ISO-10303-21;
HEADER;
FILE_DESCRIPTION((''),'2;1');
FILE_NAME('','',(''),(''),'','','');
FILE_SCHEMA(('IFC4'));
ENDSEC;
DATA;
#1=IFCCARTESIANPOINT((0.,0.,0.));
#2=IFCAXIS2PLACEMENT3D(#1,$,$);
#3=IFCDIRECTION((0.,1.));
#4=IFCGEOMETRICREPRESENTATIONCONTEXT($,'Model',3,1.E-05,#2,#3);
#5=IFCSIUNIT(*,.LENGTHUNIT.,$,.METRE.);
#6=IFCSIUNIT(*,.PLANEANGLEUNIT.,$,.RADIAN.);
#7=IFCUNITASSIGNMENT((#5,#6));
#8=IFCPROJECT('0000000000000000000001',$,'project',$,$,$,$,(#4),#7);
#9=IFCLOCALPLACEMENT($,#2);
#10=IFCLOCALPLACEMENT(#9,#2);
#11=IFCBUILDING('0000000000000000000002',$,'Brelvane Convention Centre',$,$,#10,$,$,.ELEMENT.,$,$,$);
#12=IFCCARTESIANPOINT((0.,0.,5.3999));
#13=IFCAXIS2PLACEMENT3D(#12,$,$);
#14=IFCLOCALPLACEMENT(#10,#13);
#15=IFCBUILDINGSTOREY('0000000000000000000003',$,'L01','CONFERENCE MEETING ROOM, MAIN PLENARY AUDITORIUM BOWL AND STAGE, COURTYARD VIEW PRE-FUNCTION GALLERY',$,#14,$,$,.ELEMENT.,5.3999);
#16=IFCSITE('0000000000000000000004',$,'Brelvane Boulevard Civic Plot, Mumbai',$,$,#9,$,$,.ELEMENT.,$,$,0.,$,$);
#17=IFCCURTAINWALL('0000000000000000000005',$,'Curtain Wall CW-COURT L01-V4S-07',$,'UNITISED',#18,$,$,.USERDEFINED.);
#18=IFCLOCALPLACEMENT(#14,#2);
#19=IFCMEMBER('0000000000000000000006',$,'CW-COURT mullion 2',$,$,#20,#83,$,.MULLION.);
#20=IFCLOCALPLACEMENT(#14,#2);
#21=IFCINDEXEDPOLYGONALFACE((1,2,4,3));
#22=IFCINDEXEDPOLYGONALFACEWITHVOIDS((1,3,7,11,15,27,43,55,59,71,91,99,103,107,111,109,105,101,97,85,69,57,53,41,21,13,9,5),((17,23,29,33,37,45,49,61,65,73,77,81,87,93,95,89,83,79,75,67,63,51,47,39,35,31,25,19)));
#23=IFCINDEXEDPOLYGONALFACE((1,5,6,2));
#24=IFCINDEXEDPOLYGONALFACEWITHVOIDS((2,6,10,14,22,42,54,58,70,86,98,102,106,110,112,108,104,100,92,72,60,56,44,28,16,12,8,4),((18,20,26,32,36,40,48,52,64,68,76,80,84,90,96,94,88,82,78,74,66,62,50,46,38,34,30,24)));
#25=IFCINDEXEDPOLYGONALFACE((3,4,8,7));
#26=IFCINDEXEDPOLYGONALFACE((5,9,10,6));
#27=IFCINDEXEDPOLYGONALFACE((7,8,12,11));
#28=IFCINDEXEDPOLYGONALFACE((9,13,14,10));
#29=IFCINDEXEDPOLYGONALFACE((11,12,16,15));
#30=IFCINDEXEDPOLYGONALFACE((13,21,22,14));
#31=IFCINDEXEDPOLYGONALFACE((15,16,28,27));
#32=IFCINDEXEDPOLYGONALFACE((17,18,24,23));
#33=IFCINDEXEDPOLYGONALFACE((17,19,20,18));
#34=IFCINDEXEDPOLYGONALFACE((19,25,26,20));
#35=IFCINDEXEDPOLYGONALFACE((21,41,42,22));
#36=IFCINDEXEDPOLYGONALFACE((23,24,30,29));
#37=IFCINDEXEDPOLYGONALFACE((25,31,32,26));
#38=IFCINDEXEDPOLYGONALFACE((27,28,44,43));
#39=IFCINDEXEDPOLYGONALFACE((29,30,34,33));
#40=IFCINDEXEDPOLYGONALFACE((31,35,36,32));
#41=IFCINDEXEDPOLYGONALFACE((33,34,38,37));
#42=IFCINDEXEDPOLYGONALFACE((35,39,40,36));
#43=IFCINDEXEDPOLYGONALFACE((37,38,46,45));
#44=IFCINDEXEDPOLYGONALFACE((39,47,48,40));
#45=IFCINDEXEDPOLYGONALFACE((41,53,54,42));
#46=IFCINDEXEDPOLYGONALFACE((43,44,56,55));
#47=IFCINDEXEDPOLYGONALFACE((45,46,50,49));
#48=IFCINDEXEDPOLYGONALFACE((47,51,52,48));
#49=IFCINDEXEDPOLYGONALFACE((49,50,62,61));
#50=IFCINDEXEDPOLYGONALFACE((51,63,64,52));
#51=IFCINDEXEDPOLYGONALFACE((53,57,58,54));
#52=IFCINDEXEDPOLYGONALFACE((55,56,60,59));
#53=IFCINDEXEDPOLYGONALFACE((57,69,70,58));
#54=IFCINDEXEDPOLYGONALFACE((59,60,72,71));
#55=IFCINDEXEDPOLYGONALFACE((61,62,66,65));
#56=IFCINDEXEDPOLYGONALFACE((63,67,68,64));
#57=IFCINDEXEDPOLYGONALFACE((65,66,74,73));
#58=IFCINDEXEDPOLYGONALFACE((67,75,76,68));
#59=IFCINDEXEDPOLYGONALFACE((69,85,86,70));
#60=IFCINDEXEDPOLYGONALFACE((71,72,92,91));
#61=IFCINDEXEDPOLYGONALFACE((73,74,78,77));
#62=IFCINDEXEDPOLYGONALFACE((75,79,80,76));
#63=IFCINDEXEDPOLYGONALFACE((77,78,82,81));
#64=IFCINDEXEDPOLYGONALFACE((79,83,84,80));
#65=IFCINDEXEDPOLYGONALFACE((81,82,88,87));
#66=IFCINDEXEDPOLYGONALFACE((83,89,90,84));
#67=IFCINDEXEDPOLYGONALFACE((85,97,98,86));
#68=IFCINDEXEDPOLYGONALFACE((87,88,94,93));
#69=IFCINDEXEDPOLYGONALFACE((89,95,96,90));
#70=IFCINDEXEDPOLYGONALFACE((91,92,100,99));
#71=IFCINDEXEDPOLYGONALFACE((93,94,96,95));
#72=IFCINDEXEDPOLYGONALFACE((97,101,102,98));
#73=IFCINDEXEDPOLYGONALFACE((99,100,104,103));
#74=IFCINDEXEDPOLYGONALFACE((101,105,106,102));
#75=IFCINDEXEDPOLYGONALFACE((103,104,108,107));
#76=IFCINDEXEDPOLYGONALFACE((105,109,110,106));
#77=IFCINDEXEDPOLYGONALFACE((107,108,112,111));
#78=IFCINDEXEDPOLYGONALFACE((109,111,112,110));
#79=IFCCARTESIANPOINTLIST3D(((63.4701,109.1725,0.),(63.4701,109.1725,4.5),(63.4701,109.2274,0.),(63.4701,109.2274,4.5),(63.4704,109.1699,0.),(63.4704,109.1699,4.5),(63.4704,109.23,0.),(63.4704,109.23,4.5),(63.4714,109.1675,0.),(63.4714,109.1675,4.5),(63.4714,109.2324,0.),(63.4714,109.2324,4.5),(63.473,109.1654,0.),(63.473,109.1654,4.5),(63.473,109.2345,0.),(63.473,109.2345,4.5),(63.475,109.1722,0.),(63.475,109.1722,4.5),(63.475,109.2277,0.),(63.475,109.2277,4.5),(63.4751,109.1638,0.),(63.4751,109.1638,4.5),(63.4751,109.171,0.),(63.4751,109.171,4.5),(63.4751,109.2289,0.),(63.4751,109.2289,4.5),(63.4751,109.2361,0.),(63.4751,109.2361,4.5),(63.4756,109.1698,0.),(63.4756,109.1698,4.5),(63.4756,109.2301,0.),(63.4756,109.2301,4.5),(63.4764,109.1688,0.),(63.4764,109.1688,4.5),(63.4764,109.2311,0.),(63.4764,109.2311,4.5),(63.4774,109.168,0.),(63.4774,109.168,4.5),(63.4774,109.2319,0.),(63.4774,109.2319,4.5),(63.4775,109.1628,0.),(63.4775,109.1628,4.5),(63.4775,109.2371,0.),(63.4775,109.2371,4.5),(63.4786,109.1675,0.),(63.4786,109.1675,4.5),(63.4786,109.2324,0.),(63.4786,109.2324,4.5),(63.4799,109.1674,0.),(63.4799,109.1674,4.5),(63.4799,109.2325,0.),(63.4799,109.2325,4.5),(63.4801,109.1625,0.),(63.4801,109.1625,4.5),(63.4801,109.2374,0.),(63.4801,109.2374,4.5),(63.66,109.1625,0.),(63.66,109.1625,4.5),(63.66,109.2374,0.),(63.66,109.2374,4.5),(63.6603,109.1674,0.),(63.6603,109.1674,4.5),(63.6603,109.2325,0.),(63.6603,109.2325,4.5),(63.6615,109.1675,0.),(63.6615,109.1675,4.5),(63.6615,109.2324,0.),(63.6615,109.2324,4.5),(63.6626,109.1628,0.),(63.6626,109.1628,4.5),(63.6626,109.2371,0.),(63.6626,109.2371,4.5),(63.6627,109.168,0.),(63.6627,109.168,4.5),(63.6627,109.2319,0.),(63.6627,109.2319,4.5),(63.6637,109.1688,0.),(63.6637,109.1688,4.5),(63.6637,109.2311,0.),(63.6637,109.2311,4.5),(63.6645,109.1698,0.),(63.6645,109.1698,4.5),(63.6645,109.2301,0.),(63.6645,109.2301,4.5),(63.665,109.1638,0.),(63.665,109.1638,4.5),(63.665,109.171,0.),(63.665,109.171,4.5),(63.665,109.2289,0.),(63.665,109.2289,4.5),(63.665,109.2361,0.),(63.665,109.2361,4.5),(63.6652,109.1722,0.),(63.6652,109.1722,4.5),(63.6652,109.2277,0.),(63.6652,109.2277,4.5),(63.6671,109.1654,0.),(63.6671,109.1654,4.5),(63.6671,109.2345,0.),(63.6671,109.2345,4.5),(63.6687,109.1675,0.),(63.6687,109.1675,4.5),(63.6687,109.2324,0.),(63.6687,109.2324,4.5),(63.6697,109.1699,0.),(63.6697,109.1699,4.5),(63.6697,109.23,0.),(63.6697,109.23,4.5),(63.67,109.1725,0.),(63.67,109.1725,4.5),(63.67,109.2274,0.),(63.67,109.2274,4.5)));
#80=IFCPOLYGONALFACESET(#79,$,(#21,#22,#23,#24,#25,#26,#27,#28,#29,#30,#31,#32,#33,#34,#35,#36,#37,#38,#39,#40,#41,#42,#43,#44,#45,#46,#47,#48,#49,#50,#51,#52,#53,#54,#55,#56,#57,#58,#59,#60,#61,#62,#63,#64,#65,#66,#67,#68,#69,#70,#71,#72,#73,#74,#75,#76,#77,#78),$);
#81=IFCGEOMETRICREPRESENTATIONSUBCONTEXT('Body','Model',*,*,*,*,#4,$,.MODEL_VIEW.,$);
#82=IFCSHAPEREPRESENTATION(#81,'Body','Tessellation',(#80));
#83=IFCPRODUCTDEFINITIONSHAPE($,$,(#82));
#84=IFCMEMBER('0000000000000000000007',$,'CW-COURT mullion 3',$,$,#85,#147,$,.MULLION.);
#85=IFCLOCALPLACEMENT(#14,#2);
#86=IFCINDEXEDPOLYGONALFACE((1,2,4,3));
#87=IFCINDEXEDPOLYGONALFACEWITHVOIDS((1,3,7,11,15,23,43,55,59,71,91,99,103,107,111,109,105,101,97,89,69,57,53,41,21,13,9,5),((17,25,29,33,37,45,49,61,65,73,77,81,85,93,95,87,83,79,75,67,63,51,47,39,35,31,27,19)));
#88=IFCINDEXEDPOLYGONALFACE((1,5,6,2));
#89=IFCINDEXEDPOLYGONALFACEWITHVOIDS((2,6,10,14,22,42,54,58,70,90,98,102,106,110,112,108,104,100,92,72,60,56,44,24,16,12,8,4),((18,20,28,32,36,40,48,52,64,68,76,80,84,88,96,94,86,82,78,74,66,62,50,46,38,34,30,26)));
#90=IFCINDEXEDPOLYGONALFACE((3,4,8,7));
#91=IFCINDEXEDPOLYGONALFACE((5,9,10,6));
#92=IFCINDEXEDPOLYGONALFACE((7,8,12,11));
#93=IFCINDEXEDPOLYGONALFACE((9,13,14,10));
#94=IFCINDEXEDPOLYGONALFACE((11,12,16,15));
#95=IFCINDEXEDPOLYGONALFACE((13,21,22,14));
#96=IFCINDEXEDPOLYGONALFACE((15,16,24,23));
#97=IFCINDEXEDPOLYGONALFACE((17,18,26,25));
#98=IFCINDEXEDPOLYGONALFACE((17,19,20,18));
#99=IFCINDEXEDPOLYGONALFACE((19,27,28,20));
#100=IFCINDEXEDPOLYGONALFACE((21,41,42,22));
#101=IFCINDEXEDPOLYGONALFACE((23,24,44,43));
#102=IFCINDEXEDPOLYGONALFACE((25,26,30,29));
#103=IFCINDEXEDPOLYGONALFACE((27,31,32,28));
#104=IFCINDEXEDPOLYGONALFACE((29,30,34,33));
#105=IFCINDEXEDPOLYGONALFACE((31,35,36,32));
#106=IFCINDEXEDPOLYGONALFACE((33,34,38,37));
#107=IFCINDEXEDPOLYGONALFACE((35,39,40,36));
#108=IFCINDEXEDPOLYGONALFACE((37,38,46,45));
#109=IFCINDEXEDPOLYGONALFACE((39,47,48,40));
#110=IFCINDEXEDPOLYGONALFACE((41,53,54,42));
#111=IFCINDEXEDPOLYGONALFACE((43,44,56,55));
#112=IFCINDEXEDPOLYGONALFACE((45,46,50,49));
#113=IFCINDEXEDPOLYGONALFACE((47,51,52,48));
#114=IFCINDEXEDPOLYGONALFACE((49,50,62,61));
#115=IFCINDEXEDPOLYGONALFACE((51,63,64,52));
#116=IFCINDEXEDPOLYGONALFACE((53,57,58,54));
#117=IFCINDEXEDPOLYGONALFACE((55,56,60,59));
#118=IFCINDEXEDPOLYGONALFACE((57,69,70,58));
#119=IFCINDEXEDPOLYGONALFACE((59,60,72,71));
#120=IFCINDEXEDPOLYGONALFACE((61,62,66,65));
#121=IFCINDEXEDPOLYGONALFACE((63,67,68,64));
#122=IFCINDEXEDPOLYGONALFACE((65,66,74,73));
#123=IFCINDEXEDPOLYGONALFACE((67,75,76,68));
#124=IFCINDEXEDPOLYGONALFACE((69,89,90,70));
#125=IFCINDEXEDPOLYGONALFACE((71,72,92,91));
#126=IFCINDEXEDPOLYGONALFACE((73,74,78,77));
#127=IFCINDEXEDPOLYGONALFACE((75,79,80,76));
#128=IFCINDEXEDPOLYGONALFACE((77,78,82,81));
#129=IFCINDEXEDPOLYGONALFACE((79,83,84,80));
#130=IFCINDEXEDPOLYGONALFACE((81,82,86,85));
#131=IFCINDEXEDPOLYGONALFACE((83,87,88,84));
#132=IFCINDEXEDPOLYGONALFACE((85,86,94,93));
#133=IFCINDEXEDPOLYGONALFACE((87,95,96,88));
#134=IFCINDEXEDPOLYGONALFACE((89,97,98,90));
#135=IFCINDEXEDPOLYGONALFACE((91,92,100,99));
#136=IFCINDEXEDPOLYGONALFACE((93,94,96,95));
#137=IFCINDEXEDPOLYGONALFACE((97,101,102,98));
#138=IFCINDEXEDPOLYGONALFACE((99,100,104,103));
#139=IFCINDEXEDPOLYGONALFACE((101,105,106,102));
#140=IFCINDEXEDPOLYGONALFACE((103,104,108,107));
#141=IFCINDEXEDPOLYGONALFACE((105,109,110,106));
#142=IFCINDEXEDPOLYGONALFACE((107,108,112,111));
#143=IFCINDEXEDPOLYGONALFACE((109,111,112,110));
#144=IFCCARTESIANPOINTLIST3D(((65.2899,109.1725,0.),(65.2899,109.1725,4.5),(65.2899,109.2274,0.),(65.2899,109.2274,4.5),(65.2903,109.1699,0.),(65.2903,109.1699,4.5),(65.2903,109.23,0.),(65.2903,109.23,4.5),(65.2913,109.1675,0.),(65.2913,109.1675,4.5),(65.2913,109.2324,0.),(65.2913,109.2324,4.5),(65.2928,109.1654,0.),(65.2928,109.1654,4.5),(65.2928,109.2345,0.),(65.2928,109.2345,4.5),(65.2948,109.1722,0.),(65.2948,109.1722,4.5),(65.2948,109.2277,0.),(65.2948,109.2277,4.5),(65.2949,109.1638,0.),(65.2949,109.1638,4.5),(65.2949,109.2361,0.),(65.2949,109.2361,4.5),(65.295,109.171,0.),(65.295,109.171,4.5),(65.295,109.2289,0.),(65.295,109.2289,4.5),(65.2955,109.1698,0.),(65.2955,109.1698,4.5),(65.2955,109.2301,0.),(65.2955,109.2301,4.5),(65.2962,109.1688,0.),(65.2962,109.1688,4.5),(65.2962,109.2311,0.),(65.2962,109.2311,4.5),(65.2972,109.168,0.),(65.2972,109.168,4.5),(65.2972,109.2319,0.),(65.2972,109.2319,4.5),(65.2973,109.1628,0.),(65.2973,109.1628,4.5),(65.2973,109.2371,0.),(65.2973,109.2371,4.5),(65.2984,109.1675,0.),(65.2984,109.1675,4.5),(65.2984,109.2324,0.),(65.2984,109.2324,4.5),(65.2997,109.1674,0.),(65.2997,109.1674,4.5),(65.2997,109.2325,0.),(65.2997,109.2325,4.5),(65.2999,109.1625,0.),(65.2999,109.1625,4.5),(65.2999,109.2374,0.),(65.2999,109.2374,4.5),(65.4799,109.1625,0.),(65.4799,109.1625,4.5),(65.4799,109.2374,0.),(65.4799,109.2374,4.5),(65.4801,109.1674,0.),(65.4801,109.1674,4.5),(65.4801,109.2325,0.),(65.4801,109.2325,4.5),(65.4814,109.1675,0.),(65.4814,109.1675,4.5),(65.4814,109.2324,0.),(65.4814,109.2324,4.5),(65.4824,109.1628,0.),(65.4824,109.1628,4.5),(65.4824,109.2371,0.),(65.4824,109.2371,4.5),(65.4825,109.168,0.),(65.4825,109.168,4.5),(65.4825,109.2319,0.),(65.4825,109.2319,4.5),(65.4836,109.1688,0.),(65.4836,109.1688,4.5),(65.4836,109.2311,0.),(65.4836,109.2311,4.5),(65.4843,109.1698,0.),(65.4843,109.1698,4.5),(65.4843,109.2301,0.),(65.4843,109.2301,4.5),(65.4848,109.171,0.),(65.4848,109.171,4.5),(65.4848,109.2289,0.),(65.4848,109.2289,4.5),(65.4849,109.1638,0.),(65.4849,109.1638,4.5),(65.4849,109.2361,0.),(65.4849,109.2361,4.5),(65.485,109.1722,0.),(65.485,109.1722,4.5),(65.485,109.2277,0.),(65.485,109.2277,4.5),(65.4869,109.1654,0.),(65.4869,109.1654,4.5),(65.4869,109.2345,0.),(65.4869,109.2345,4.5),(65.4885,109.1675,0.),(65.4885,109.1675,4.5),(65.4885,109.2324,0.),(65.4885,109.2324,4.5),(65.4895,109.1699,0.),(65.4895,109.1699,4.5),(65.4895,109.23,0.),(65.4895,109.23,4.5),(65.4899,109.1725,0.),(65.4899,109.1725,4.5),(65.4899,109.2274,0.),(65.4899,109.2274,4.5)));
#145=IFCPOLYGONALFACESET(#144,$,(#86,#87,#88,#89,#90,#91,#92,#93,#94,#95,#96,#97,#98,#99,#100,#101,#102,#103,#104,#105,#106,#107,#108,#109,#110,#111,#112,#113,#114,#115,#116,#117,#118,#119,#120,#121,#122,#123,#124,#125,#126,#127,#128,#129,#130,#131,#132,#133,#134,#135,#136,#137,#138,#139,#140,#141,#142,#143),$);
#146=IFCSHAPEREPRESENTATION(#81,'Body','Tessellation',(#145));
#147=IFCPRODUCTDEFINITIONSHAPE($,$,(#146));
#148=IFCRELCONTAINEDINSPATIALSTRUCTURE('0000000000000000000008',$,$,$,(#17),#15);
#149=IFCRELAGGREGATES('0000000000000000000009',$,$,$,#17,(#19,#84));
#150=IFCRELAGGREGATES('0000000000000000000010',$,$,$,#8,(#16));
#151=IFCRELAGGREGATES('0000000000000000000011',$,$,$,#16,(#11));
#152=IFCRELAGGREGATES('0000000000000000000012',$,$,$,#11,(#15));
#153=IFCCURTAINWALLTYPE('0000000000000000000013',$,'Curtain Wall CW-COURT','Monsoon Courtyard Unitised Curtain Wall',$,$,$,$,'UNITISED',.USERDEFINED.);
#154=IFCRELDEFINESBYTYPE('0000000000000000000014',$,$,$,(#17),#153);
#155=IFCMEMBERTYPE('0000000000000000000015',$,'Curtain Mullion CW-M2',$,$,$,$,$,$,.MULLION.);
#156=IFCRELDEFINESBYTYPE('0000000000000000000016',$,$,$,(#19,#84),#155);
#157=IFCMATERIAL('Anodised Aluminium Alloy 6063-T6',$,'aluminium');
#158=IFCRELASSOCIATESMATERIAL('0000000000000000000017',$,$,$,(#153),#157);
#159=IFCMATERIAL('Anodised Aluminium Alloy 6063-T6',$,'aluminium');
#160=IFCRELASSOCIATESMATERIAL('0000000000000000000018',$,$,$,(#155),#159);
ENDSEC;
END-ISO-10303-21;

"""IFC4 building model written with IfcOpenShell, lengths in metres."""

from ifc_helpers import new_model, si_unit, direction, frame, origin, origin_2d, place, context, subcontext, project, spatial, hollow_rectangle, extrude, material, material_profile, profile_set, type_object, element, aggregate, save


model = new_model("IFC4")

# Units and contexts
model_context = context("Model", 3, precision=1e-05, world=origin(), true_north=direction((0.0, 1.0)))
body_context = subcontext(model_context, "Body", "Model", "MODEL_VIEW")
ifc_project = project(units=[si_unit("LENGTHUNIT", "METRE"), si_unit("PLANEANGLEUNIT", "RADIAN")], contexts=[model_context])

# Site, building, storey
site_placement = place(None, origin())
site = spatial("IfcSite", under=ifc_project, at=site_placement, Name="Brelvane Boulevard Civic Plot, Mumbai", CompositionType="ELEMENT", RefElevation=0.0)
building_placement = place(site_placement, origin())
building = spatial("IfcBuilding", under=site, at=building_placement, Name="Brelvane Convention Centre", CompositionType="ELEMENT")
storey_placement = place(building_placement, frame((0.0, 0.0, 5.3999)))
storey = spatial("IfcBuildingStorey", under=building, at=storey_placement, Name="L01", Description="CONFERENCE MEETING ROOM, MAIN PLENARY AUDITORIUM BOWL AND STAGE, COURTYARD VIEW PRE-FUNCTION GALLERY", CompositionType="ELEMENT", Elevation=5.3999)

# Curtain wall, members
ifc_material_1 = material(Name="Anodised Aluminium Alloy 6063-T6", Category="aluminium")
curtain_wall_type = type_object("IfcCurtainWallType", Name="Curtain Wall CW-COURT", Description="Monsoon Courtyard Unitised Curtain Wall", ElementType="UNITISED", PredefinedType="USERDEFINED", material=ifc_material_1)
curtain_wall_placement = place(storey_placement, origin())
curtain_wall = element("IfcCurtainWall", 1, at=curtain_wall_placement, inside=storey, type_object=curtain_wall_type, Name="Curtain Wall CW-COURT L01-V4S-07", ObjectType="UNITISED", PredefinedType="USERDEFINED")
ifc_material_2 = material(Name="Anodised Aluminium Alloy 6063-T6", Category="aluminium")
ifc_material_profile_1 = material_profile(ifc_material_2, hollow_rectangle(XDim=0.075, YDim=0.2, WallThickness=0.0049, InnerFilletRadius=0.0049, OuterFilletRadius=0.01, at=origin_2d()), Name="ALU-M 200x75x5.0")
ifc_profile_set_1 = profile_set([ifc_material_profile_1], Name="Anodised Aluminium Alloy 6063-T6")
member_type_1 = type_object("IfcMemberType", Name="Curtain Mullion CW-M2", PredefinedType="MULLION", material=ifc_profile_set_1)
member_1_placement = place(storey_placement, frame((63.5701, 109.2, 0.0), z_axis=(0.0, 0.0, 1.0), x_axis=(0.0, 1.0, 0.0)))
member_1 = element("IfcMember", 2, at=member_1_placement, type_object=member_type_1, Name="CW-COURT mullion 2", PredefinedType="MULLION", context=body_context, shape_type="SweptSolid", body=[
    extrude(hollow_rectangle(XDim=0.075, YDim=0.2, WallThickness=0.0049, InnerFilletRadius=0.0049, OuterFilletRadius=0.01, at=origin_2d()), origin(), (0.0, 0.0, 1.0), 4.5),
])
member_2_placement = place(storey_placement, frame((65.3899, 109.2, 0.0), z_axis=(0.0, 0.0, 1.0), x_axis=(0.0, 1.0, 0.0)))
member_2 = element("IfcMember", 3, at=member_2_placement, type_object=member_type_1, Name="CW-COURT mullion 3", PredefinedType="MULLION", context=body_context, shape_type="SweptSolid", body=[
    extrude(hollow_rectangle(XDim=0.075, YDim=0.2, WallThickness=0.0049, InnerFilletRadius=0.0049, OuterFilletRadius=0.01, at=origin_2d()), origin(), (0.0, 0.0, 1.0), 4.5),
])
aggregate(curtain_wall, [member_1, member_2])

save(model, "model.ifc")
